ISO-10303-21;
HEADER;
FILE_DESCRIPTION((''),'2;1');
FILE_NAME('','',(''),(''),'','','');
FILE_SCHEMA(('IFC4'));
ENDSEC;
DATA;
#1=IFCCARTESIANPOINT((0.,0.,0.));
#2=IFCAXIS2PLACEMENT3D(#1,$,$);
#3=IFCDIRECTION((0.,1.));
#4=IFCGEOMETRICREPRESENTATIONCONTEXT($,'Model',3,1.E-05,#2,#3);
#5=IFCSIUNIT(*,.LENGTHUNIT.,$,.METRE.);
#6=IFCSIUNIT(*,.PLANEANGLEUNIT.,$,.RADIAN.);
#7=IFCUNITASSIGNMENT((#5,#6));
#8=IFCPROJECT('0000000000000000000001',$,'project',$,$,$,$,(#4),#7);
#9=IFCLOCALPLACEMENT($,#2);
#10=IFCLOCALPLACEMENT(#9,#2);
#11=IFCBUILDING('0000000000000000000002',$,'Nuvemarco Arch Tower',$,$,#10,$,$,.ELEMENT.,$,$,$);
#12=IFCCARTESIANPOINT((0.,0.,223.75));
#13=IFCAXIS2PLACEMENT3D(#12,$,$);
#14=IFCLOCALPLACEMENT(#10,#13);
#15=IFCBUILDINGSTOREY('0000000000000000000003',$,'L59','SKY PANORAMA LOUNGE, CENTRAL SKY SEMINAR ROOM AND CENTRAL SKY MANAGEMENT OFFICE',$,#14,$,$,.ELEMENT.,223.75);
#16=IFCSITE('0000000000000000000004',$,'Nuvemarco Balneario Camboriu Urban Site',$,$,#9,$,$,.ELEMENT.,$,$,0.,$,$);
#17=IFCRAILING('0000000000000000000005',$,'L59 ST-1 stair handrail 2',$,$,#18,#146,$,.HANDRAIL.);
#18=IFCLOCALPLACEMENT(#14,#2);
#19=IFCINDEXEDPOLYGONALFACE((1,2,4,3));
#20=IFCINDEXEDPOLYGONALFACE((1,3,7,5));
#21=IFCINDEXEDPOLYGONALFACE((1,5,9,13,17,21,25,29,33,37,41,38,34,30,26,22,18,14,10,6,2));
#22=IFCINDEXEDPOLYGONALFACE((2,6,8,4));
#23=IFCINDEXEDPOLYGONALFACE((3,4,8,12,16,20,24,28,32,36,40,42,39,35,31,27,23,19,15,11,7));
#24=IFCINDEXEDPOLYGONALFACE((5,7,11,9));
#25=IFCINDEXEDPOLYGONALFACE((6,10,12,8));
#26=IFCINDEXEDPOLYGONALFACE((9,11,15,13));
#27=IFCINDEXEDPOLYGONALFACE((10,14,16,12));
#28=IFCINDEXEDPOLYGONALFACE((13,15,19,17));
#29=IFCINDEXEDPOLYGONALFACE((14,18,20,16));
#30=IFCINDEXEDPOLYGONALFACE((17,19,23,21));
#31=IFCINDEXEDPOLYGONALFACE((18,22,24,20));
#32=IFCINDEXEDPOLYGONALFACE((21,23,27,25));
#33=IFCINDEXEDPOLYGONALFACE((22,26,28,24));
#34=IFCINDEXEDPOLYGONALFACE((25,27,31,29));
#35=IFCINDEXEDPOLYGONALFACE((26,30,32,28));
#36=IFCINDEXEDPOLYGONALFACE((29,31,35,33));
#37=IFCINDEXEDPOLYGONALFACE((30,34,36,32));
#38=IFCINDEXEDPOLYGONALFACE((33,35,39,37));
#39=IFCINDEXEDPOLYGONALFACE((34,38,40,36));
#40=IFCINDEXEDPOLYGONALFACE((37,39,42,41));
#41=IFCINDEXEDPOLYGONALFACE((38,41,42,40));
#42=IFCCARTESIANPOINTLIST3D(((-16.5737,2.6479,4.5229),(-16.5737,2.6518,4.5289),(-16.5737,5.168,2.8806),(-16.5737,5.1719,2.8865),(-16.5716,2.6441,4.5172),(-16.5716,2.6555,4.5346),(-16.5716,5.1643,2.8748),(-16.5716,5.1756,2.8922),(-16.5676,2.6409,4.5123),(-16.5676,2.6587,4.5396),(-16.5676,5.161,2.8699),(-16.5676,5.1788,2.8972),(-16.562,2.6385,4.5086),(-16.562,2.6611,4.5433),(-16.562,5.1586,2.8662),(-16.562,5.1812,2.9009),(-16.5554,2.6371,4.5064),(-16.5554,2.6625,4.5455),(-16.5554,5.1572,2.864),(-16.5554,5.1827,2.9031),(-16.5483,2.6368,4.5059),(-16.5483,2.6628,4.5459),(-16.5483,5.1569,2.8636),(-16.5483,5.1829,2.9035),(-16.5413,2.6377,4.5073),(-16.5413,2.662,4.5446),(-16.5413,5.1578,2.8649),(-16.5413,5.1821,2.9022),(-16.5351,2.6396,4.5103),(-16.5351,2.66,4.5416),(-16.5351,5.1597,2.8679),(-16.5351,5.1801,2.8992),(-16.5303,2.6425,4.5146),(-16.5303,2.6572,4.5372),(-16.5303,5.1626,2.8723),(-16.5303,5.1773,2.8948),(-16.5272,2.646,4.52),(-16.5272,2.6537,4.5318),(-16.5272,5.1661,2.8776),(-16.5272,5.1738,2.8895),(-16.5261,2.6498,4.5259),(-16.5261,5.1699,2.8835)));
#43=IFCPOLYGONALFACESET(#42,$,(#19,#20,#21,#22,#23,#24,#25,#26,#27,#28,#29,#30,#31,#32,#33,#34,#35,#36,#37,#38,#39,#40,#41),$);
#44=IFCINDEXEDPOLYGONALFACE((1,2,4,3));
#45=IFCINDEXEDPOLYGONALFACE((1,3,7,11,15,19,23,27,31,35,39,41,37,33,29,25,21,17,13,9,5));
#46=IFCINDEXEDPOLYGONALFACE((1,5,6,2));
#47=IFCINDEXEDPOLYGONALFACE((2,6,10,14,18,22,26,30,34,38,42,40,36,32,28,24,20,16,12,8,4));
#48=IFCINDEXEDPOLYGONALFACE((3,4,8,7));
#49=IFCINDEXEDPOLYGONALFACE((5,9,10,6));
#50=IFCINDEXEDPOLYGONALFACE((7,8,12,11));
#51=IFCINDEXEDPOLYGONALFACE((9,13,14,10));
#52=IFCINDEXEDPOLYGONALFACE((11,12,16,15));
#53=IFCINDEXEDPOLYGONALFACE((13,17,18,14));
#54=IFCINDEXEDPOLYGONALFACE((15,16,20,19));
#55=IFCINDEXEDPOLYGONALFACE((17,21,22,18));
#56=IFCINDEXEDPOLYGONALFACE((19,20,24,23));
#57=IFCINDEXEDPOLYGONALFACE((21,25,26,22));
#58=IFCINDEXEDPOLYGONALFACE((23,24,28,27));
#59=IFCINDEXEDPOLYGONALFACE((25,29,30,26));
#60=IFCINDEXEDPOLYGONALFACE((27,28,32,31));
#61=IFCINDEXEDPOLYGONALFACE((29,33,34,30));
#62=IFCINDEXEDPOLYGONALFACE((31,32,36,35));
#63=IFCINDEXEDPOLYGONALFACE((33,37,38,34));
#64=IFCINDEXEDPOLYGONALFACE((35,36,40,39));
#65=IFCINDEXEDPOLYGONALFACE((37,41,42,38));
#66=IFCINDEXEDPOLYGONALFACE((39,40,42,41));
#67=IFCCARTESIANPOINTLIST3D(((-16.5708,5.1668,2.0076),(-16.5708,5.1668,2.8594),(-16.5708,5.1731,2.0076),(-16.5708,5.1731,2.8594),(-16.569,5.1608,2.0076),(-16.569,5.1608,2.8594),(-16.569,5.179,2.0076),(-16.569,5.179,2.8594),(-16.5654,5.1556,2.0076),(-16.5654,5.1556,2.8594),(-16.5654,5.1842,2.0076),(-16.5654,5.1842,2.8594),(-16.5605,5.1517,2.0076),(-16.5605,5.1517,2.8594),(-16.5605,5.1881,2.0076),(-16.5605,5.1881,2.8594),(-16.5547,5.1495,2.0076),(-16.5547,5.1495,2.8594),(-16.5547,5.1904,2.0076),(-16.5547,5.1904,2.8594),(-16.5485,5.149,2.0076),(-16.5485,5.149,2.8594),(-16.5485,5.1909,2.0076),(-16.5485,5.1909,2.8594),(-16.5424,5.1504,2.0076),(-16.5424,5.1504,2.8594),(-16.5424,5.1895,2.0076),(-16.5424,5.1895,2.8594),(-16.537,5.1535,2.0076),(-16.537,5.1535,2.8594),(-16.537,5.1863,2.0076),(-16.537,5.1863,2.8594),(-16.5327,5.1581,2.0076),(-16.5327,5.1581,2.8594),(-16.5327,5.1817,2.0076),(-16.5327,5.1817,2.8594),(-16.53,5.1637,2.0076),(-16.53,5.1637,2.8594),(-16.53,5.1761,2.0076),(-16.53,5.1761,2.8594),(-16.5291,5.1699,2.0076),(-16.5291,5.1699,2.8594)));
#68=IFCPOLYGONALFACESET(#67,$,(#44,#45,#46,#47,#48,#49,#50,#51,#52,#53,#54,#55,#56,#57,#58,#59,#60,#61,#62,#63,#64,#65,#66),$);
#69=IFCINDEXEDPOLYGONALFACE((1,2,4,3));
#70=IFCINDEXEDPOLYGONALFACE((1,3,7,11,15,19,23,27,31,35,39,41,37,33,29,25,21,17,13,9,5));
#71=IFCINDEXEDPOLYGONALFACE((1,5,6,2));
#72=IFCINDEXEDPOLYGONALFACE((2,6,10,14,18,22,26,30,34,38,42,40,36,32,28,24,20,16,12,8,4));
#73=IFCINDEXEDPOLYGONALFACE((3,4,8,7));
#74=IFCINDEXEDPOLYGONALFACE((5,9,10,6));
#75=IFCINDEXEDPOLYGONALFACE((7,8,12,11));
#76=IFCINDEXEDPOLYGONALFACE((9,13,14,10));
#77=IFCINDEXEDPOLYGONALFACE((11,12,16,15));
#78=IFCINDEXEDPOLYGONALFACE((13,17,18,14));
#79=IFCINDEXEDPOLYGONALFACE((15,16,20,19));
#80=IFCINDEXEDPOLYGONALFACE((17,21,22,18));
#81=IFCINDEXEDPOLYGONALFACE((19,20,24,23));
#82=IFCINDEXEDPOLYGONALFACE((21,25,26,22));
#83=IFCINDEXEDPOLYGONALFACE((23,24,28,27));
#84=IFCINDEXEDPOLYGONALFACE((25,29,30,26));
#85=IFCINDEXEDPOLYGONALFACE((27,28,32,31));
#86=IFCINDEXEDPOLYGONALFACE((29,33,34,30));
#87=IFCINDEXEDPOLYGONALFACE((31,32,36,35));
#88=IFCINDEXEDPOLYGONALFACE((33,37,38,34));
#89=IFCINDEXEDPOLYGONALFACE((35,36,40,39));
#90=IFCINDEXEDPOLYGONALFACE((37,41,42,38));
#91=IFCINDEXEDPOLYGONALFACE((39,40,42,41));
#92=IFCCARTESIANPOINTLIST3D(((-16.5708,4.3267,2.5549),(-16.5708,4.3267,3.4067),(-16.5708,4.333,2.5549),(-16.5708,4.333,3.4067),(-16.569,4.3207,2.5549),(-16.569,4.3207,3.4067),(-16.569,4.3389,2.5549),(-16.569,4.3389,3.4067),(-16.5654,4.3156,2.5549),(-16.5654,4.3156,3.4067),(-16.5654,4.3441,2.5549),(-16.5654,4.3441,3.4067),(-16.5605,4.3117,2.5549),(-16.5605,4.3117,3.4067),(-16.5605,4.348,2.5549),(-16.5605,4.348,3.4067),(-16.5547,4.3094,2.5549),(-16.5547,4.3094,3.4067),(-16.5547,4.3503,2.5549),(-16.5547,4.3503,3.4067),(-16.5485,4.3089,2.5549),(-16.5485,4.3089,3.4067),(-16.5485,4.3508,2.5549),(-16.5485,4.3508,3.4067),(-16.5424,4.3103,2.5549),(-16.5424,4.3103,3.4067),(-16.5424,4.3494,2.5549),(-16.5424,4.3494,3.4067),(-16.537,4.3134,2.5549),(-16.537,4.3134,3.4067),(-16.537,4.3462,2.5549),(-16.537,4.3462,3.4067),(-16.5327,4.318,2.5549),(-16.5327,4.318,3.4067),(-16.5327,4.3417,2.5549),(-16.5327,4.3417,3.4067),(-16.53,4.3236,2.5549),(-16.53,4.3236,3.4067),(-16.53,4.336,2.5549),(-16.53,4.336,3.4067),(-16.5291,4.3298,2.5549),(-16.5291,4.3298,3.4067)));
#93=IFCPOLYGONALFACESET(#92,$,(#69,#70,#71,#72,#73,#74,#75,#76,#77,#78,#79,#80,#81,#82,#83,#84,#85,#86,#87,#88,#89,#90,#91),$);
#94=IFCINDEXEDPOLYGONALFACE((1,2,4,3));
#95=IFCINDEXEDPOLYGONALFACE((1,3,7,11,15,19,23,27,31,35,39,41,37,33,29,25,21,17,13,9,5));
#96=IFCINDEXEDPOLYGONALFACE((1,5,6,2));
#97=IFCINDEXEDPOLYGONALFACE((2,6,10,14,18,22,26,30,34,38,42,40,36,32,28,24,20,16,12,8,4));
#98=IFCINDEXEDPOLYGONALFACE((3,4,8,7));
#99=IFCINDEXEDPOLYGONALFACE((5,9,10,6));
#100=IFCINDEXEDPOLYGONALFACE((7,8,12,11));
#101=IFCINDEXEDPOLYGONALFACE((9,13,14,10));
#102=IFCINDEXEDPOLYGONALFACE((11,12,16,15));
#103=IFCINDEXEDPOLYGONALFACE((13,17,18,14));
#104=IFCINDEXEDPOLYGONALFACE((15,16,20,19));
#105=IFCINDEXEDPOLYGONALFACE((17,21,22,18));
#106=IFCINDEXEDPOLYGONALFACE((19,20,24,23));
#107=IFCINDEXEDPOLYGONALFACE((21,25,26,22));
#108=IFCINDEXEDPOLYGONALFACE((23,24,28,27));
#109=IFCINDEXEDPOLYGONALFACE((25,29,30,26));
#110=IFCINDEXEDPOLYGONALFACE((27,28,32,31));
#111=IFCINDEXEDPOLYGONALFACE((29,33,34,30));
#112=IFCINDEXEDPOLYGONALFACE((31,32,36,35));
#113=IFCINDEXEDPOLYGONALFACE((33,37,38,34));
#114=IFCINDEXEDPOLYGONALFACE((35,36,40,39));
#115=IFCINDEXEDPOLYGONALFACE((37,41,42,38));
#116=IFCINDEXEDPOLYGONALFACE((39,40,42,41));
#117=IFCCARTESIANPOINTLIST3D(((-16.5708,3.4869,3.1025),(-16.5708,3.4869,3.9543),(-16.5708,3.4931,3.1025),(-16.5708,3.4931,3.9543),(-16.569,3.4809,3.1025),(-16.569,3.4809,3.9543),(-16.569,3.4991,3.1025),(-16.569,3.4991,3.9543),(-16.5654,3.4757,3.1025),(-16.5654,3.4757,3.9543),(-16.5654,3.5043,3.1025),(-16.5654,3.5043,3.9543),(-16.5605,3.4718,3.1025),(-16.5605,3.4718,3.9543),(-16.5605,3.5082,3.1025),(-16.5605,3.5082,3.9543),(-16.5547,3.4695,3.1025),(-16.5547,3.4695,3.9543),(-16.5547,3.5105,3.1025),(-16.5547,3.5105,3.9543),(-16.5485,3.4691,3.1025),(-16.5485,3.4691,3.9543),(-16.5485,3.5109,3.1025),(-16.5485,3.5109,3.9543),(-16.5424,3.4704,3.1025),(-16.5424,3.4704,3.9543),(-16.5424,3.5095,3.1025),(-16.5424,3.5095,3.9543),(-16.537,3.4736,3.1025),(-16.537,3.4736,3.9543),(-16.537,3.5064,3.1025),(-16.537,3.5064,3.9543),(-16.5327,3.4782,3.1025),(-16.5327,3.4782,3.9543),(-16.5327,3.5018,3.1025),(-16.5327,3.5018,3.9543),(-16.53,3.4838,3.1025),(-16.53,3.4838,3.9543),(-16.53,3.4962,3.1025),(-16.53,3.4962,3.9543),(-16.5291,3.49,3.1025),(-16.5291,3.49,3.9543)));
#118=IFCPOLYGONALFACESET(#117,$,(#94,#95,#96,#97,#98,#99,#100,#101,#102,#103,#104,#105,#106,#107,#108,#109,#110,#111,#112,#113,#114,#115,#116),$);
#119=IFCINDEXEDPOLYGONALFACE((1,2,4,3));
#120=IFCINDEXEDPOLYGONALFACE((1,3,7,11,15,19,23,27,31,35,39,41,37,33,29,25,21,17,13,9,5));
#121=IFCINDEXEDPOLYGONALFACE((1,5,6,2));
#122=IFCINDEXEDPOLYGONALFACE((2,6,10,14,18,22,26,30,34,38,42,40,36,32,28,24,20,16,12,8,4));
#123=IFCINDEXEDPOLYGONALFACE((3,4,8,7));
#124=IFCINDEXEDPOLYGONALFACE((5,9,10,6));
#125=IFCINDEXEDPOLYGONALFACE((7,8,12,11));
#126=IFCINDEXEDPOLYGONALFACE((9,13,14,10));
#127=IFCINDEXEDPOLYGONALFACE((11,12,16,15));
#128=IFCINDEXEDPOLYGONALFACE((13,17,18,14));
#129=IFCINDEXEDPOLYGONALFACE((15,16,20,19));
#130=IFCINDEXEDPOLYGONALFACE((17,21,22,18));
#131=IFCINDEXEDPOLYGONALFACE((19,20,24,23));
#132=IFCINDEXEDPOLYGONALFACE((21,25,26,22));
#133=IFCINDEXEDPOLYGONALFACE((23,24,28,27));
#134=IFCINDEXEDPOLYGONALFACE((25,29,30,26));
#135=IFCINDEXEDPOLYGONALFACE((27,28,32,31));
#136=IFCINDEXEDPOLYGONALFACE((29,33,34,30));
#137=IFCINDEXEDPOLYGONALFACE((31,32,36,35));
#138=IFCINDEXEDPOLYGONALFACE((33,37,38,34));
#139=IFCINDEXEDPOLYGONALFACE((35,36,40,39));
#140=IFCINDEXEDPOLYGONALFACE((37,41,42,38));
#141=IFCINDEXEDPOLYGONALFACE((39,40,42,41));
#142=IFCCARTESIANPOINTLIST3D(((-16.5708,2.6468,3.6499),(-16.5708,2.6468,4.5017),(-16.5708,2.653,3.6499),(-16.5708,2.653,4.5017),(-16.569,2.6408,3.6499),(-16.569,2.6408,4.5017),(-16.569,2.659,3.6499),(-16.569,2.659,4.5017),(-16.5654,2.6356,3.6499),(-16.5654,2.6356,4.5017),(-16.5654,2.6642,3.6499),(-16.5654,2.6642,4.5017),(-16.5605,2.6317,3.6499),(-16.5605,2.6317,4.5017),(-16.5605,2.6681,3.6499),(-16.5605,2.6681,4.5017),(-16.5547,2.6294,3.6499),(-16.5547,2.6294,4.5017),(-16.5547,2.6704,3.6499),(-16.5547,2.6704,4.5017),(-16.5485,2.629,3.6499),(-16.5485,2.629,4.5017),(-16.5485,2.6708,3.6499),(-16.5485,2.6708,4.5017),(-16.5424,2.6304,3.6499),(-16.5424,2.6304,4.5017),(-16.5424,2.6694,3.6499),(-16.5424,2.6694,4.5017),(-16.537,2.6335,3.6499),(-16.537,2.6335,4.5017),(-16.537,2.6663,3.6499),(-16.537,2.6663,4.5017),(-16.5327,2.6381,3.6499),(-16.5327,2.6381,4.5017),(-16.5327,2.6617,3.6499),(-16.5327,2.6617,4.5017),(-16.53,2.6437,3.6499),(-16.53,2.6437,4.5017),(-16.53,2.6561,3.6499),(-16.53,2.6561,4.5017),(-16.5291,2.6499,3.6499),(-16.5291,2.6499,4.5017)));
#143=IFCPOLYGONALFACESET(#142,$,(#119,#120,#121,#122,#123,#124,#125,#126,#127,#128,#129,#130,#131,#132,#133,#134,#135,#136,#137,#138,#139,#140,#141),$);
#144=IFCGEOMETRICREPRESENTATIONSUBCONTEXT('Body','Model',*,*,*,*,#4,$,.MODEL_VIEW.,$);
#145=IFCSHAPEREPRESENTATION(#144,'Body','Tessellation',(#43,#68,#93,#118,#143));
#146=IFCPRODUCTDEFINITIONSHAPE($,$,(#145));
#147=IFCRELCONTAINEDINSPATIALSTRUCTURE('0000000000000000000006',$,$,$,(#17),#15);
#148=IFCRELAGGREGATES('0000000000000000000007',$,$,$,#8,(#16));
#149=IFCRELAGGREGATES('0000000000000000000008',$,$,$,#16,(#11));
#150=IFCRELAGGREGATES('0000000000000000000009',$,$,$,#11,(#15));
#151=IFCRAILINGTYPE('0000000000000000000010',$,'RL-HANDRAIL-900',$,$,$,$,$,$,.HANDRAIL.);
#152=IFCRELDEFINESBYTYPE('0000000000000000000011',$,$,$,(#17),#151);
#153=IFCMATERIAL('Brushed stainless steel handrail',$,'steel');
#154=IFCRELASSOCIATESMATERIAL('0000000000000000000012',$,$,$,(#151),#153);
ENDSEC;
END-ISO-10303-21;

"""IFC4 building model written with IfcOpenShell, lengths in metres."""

from ifc_helpers import new_model, si_unit, direction, frame, origin, origin_2d, place, context, subcontext, project, spatial, circle, extrude, material, type_object, element, save


model = new_model("IFC4")

# Units and contexts
model_context = context("Model", 3, precision=1e-05, world=origin(), true_north=direction((0.0, 1.0)))
body_context = subcontext(model_context, "Body", "Model", "MODEL_VIEW")
ifc_project = project(units=[si_unit("LENGTHUNIT", "METRE"), si_unit("PLANEANGLEUNIT", "RADIAN")], contexts=[model_context])

# Site, building, storey
site_placement = place(None, origin())
site = spatial("IfcSite", under=ifc_project, at=site_placement, Name="Nuvemarco Balneario Camboriu Urban Site", CompositionType="ELEMENT", RefElevation=0.0)
building_placement = place(site_placement, origin())
building = spatial("IfcBuilding", under=site, at=building_placement, Name="Nuvemarco Arch Tower", CompositionType="ELEMENT")
storey_placement = place(building_placement, frame((0.0, 0.0, 223.75)))
storey = spatial("IfcBuildingStorey", under=building, at=storey_placement, Name="L59", Description="SKY PANORAMA LOUNGE, CENTRAL SKY SEMINAR ROOM AND CENTRAL SKY MANAGEMENT OFFICE", CompositionType="ELEMENT", Elevation=223.75)

# Railing
ifc_material_1 = material(Name="Brushed stainless steel handrail", Category="steel")
railing_type_1 = type_object("IfcRailingType", Name="RL-HANDRAIL-900", PredefinedType="HANDRAIL", material=ifc_material_1)
railing_1_placement = place(storey_placement, frame((-16.55, 5.1699, 2.0076)))
element("IfcRailing", 1, at=railing_1_placement, inside=storey, type_object=railing_type_1, Name="L59 ST-1 stair handrail 2", PredefinedType="HANDRAIL", context=body_context, shape_type="SweptSolid", body=[
    extrude(circle(Radius=0.0239, at=origin_2d()), frame((0.0, 0.0, 0.876), z_axis=(0.0, -0.837787, 0.545998), x_axis=(1.0, 0.0, 0.0)), (0.0, 0.0, 1.0), 3.0081),
    extrude(circle(Radius=0.021, at=origin_2d()), origin(), (0.0, 0.0, 1.0), 0.8518),
    extrude(circle(Radius=0.021, at=origin_2d()), frame((0.0, -0.8401, 0.5474)), (0.0, 0.0, 1.0), 0.8518),
    extrude(circle(Radius=0.021, at=origin_2d()), frame((0.0, -1.6799, 1.095)), (0.0, 0.0, 1.0), 0.8518),
    extrude(circle(Radius=0.021, at=origin_2d()), frame((0.0, -2.52, 1.6423)), (0.0, 0.0, 1.0), 0.8518),
])

save(model, "model.ifc")
